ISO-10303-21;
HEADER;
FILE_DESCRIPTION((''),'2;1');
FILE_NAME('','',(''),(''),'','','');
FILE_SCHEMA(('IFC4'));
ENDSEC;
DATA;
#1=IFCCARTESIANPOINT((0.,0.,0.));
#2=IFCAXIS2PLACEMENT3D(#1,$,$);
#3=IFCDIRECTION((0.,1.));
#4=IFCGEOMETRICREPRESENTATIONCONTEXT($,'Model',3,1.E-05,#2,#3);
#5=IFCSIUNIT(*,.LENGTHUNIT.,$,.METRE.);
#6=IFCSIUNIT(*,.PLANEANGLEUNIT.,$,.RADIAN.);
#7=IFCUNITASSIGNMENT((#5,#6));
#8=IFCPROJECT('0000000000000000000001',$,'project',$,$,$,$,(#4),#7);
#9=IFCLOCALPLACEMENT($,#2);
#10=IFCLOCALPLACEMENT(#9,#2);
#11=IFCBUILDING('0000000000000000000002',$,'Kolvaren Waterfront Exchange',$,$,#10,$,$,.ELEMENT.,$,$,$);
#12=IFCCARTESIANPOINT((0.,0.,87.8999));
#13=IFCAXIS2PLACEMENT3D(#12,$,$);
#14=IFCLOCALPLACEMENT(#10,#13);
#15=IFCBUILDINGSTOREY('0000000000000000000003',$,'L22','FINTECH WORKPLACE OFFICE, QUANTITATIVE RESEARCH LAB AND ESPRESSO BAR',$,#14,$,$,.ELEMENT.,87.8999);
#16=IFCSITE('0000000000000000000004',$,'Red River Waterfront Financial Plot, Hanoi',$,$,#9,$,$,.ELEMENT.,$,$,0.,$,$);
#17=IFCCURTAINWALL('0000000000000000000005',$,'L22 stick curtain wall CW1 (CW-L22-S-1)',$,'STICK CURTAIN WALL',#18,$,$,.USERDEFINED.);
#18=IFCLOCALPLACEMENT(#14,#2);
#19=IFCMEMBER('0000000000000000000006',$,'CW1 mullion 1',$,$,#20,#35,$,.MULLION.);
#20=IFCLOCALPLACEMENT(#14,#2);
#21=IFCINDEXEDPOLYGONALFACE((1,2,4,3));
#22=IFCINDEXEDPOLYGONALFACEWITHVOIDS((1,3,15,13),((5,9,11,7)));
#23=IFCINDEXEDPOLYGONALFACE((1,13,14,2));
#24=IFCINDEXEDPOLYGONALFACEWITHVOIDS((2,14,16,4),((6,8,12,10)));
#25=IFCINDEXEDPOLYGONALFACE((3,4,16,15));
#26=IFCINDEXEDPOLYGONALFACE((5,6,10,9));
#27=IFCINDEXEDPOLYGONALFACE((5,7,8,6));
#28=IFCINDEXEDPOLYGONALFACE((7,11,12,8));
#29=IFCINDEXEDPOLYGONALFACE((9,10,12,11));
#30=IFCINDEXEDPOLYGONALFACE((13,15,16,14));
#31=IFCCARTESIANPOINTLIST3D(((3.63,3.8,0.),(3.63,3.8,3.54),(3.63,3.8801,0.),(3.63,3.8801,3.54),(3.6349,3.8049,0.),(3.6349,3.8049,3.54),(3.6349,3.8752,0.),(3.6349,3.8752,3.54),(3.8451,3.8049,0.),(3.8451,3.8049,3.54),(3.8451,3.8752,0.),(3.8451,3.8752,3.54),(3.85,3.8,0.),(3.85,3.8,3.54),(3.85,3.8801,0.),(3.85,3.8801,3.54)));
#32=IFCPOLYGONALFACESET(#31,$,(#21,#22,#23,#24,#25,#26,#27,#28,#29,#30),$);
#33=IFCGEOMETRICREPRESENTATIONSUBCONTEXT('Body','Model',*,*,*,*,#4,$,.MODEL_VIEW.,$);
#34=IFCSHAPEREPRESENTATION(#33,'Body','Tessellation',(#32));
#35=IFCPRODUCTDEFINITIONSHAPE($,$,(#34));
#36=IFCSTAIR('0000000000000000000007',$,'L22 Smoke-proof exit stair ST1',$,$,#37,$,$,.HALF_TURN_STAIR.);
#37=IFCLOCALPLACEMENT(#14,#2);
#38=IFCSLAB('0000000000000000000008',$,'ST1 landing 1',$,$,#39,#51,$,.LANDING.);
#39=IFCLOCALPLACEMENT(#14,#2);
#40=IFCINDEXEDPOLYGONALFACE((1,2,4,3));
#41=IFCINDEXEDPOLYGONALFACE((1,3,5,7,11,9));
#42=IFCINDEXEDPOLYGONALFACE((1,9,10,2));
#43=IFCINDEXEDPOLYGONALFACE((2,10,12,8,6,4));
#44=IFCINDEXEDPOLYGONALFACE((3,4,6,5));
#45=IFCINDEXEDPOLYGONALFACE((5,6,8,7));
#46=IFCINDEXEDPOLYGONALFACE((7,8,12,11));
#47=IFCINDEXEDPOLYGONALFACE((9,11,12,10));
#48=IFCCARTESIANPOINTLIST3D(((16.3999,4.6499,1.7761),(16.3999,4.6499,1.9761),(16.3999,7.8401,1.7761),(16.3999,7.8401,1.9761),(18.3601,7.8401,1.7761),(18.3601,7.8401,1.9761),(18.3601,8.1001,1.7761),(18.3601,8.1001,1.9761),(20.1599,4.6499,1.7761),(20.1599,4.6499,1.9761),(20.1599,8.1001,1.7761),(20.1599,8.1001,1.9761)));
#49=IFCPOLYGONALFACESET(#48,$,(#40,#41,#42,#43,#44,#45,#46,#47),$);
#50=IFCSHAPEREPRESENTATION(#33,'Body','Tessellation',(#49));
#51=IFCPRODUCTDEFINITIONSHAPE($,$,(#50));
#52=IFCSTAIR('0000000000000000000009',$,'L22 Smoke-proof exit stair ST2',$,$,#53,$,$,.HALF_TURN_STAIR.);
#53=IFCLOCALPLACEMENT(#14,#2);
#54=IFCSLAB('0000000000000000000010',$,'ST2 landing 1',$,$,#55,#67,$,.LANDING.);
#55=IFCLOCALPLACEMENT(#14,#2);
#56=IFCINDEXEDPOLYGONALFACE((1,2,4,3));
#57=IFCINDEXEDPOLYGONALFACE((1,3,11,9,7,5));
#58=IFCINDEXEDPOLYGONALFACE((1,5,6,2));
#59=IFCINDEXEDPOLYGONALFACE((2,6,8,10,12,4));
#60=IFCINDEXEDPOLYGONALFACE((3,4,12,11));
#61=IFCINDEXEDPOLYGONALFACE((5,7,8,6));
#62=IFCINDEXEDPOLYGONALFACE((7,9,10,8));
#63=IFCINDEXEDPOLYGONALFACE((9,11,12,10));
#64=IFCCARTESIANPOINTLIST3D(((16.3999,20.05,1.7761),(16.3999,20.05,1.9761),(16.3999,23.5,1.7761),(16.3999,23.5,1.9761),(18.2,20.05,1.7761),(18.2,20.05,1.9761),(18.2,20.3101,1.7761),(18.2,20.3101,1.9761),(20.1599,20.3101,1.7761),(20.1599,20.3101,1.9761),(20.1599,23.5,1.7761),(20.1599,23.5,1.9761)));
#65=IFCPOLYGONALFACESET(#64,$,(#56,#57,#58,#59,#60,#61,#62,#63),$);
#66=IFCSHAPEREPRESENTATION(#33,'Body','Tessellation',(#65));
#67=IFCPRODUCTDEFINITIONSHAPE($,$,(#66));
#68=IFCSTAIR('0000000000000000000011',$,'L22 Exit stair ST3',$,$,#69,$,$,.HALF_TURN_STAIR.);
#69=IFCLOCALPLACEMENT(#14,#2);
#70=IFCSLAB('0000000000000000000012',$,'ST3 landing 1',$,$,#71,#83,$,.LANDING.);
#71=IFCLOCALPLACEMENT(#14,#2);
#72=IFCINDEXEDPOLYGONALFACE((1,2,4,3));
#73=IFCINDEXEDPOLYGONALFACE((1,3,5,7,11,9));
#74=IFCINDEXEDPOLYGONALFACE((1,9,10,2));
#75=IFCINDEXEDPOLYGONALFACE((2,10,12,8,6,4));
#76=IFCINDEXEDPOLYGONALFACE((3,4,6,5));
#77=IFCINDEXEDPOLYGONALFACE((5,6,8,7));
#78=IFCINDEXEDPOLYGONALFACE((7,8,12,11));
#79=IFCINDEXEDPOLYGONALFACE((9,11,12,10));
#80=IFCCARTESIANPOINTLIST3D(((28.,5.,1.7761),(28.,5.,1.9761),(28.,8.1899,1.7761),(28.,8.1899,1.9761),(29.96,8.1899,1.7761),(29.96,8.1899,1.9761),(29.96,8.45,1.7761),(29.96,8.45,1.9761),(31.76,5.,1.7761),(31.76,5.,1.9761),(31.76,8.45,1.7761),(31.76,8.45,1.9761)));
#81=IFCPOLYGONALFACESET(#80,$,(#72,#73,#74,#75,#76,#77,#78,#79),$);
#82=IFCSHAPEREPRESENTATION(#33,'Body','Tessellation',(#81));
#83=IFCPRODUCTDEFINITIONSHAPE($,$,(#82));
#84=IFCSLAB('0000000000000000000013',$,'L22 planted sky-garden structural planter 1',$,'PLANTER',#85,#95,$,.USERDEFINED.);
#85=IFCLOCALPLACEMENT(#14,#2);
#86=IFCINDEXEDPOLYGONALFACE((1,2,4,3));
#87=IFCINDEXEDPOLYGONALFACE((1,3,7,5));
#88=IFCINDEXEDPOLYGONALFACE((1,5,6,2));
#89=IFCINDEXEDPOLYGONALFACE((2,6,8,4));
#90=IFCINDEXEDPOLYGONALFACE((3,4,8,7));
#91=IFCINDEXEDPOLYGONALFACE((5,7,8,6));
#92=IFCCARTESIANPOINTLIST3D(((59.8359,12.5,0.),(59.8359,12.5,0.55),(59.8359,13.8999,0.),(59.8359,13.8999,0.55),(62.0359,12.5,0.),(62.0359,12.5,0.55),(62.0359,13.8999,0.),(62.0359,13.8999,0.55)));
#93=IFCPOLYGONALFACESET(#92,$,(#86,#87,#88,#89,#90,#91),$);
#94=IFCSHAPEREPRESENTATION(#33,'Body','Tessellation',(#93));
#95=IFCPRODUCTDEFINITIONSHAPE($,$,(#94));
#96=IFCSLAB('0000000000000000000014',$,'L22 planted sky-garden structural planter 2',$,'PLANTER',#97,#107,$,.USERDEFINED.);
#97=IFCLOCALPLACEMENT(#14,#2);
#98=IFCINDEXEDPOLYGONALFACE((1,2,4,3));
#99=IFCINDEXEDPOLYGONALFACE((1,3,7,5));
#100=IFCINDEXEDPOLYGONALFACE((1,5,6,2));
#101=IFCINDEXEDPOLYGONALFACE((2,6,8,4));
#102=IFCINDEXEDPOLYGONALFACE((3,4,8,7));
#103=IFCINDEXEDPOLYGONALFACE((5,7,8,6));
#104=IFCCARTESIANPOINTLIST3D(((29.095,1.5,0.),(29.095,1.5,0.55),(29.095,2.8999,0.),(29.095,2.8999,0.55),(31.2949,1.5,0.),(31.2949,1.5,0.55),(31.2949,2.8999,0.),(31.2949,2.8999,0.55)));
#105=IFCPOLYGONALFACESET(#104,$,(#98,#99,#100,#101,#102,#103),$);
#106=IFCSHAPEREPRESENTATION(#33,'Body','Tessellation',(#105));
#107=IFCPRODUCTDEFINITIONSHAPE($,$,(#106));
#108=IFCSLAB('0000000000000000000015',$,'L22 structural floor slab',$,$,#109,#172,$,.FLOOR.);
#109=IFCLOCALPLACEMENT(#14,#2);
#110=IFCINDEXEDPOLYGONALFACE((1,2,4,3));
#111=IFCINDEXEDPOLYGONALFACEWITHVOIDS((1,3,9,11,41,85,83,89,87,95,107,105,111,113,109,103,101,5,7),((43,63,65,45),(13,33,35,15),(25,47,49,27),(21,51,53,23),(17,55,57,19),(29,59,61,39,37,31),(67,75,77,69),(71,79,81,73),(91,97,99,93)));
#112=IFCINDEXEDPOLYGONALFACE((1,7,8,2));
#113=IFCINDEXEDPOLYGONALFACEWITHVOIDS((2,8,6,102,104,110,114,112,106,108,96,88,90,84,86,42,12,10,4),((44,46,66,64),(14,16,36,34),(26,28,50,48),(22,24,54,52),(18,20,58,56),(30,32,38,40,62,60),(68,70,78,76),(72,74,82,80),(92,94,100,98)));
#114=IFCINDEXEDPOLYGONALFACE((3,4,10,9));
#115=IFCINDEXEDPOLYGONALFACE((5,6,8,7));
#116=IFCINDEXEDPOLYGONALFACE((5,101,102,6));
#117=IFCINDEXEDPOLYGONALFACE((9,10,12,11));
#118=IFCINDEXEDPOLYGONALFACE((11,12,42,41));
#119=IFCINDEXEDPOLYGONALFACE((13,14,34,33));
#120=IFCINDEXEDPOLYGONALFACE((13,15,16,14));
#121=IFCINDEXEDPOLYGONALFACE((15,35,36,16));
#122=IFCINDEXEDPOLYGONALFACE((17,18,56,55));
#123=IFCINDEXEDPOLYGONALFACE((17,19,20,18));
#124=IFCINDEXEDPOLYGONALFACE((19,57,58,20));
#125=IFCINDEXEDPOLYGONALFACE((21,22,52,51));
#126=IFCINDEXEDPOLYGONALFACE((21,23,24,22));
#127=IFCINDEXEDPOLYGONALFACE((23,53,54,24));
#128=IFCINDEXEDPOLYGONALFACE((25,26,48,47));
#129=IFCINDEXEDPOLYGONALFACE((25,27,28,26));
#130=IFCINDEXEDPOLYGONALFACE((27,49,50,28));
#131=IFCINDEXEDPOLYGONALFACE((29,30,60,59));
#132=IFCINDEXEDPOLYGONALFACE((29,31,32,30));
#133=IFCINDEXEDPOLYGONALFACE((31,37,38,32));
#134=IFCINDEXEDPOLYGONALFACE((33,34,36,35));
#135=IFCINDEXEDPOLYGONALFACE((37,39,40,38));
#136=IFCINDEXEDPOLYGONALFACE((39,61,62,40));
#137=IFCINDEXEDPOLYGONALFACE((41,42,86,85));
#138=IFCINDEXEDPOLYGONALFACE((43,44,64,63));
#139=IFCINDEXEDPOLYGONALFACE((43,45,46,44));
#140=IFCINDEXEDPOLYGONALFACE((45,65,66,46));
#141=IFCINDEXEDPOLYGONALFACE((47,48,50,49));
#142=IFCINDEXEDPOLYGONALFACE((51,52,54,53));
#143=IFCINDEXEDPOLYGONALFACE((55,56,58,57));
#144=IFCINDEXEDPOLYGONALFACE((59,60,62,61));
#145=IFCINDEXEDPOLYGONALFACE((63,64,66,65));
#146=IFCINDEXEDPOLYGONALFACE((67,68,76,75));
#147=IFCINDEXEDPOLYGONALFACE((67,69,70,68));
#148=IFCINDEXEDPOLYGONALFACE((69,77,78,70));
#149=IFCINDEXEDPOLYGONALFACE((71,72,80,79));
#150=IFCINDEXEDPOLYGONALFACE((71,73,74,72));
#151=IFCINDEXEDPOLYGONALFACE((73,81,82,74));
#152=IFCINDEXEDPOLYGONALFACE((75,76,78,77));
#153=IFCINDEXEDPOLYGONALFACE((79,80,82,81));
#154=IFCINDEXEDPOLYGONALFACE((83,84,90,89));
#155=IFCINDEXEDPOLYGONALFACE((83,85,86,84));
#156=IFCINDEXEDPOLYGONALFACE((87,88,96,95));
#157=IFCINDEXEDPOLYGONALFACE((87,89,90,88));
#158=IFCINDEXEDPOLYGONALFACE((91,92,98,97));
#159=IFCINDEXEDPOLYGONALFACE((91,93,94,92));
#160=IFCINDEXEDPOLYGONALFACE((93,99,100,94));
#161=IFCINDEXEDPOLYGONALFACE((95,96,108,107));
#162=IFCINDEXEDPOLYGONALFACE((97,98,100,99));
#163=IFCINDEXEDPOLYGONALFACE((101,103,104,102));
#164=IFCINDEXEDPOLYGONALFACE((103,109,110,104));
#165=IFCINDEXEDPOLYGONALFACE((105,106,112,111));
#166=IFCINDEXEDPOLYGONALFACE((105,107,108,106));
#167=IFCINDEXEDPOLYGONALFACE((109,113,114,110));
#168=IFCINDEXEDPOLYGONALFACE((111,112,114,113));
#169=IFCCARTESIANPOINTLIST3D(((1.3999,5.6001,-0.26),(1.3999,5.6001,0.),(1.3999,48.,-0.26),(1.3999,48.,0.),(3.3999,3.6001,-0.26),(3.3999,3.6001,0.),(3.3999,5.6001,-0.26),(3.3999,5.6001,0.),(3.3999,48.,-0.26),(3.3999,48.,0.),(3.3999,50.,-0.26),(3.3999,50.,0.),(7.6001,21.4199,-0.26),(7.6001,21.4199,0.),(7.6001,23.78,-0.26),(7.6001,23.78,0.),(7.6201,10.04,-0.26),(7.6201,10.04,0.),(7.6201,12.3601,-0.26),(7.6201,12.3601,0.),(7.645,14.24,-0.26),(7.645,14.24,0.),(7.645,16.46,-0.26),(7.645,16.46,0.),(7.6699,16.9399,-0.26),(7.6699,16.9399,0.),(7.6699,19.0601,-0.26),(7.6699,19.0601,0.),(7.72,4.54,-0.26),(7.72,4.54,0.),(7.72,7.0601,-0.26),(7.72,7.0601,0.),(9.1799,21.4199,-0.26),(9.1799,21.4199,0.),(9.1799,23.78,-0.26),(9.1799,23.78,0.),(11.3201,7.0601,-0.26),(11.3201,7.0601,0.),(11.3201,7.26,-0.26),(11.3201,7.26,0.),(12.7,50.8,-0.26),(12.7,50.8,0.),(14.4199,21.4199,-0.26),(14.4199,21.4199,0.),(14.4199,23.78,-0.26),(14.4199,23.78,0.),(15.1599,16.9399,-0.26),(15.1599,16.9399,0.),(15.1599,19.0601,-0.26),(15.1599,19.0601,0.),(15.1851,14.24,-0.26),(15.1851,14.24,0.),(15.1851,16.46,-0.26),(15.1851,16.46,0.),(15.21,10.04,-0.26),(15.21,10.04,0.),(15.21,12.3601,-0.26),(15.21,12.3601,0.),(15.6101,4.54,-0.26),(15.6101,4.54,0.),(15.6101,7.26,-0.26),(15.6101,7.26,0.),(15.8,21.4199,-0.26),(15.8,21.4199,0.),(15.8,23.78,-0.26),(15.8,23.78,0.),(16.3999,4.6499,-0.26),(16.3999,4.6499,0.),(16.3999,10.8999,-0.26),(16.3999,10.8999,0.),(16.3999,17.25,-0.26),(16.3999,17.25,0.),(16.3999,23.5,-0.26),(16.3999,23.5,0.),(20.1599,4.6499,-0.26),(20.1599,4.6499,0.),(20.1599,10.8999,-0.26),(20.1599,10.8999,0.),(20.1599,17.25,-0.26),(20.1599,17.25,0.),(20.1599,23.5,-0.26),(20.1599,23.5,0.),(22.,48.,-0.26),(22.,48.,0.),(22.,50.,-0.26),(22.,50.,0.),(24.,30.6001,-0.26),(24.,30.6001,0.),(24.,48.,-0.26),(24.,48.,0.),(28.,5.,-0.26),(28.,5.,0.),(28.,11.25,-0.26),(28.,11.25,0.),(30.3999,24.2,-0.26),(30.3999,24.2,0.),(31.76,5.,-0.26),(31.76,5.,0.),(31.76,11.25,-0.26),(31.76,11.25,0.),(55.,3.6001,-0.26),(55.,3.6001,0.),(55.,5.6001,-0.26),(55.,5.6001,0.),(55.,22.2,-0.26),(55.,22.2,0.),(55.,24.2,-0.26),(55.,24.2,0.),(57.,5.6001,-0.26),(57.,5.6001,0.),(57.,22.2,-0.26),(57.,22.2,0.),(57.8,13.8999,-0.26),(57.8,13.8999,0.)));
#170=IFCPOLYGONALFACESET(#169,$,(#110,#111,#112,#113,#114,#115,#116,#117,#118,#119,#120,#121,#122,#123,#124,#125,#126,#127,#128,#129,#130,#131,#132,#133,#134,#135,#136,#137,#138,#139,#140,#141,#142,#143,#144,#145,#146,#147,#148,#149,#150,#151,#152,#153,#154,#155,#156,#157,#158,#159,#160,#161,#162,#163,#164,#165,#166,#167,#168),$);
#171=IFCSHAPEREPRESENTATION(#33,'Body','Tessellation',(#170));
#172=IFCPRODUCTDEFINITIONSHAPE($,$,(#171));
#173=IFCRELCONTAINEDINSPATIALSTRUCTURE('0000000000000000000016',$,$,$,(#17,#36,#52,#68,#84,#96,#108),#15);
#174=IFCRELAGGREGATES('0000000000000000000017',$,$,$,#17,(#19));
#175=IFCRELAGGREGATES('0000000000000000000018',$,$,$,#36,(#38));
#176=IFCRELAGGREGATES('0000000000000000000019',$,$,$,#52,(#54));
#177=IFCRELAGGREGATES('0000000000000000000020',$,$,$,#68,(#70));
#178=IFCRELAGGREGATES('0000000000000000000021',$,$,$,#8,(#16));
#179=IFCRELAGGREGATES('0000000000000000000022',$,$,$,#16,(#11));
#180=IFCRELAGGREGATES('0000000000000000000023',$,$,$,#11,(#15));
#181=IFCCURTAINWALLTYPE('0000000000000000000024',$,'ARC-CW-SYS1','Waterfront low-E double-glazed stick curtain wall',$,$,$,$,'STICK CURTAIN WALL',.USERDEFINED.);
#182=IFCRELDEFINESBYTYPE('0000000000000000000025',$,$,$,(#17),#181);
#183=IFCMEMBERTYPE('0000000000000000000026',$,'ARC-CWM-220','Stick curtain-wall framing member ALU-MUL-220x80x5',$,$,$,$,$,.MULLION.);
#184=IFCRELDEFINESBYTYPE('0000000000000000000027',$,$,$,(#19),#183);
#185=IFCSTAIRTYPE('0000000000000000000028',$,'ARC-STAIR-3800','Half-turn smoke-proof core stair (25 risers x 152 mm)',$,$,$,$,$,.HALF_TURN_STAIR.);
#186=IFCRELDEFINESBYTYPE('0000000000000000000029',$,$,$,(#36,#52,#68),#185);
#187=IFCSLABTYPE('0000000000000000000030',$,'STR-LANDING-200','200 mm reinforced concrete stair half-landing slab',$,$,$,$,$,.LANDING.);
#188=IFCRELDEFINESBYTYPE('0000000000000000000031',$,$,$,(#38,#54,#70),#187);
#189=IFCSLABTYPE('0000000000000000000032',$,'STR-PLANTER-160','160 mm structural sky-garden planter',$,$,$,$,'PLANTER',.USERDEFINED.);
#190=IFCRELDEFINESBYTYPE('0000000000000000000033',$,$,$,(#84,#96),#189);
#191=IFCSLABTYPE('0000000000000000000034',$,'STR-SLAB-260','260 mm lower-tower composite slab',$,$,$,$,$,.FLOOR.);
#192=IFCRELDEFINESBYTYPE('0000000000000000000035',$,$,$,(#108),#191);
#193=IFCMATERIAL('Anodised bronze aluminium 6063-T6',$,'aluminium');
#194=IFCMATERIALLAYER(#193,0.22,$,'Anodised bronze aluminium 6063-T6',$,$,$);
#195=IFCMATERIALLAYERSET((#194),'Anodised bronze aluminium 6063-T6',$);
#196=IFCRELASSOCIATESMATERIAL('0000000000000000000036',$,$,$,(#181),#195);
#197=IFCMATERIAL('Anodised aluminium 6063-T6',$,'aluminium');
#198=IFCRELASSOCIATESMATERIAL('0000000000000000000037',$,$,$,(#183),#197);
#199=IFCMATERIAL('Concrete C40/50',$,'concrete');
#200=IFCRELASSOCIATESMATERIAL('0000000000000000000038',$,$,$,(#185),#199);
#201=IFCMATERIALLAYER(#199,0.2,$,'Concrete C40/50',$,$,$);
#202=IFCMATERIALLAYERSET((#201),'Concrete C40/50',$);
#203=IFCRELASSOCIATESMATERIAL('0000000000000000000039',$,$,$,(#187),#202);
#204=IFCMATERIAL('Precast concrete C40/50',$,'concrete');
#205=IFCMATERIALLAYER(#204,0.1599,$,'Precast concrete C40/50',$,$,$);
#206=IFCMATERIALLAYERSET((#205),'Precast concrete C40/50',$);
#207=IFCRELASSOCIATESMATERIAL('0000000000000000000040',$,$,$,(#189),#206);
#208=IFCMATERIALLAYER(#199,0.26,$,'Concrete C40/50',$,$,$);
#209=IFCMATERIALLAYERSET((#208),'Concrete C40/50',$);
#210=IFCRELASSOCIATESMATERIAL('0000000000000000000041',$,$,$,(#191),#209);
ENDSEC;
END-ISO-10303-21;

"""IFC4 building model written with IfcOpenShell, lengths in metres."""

from ifc_helpers import new_model, si_unit, direction, frame, origin, origin_with_axes, origin_2d, place, context, subcontext, project, spatial, polyline, hollow_rectangle, outline, extrude, source, transform, mapped, material, layer, layer_set, material_profile, profile_set, type_object, element, aggregate, save


model = new_model("IFC4")

# Units and contexts
model_context = context("Model", 3, precision=1e-05, world=origin(), true_north=direction((0.0, 1.0)))
body_context = subcontext(model_context, "Body", "Model", "MODEL_VIEW")
ifc_project = project(units=[si_unit("LENGTHUNIT", "METRE"), si_unit("PLANEANGLEUNIT", "RADIAN")], contexts=[model_context])

# Site, building, storey
site_placement = place(None, origin())
site = spatial("IfcSite", under=ifc_project, at=site_placement, Name="Red River Waterfront Financial Plot, Hanoi", CompositionType="ELEMENT", RefElevation=0.0)
building_placement = place(site_placement, origin())
building = spatial("IfcBuilding", under=site, at=building_placement, Name="Kolvaren Waterfront Exchange", CompositionType="ELEMENT")
storey_placement = place(building_placement, frame((0.0, 0.0, 87.8999)))
storey = spatial("IfcBuildingStorey", under=building, at=storey_placement, Name="L22", Description="FINTECH WORKPLACE OFFICE, QUANTITATIVE RESEARCH LAB AND ESPRESSO BAR", CompositionType="ELEMENT", Elevation=87.8999)

# Curtain wall, member
ifc_material_1 = material(Name="Anodised bronze aluminium 6063-T6", Category="aluminium")
ifc_layer_1 = layer(ifc_material_1, 0.22, Name="Anodised bronze aluminium 6063-T6")
ifc_layer_set_1 = layer_set([ifc_layer_1], Name="Anodised bronze aluminium 6063-T6")
curtain_wall_type = type_object("IfcCurtainWallType", Name="ARC-CW-SYS1", Description="Waterfront low-E double-glazed stick curtain wall", ElementType="STICK CURTAIN WALL", PredefinedType="USERDEFINED", material=ifc_layer_set_1)
curtain_wall_placement = place(storey_placement, origin())
curtain_wall = element("IfcCurtainWall", 1, at=curtain_wall_placement, inside=storey, type_object=curtain_wall_type, Name="L22 stick curtain wall CW1 (CW-L22-S-1)", ObjectType="STICK CURTAIN WALL", PredefinedType="USERDEFINED")
ifc_material_2 = material(Name="Anodised aluminium 6063-T6", Category="aluminium")
ifc_material_profile = material_profile(ifc_material_2, hollow_rectangle(XDim=0.0801, YDim=0.22, WallThickness=0.0049, at=origin_2d()), Name="ALU-MUL-220x80x5")
ifc_profile_set = profile_set([ifc_material_profile], Name="Anodised aluminium 6063-T6")
member_type = type_object("IfcMemberType", Name="ARC-CWM-220", Description="Stick curtain-wall framing member ALU-MUL-220x80x5", PredefinedType="MULLION", material=ifc_profile_set)
shared_shape = source(origin_with_axes(), body_context, "Body", "SweptSolid", [
    extrude(hollow_rectangle(XDim=0.0801, YDim=0.22, WallThickness=0.0049, at=origin_2d()), origin(), (0.0, 0.0, 1.0), 3.54),
])
member_placement = place(storey_placement, frame((3.74, 3.8401, 0.0), z_axis=(0.0, 0.0, 1.0), x_axis=(0.0, 1.0, 0.0)))
member = element("IfcMember", 2, at=member_placement, type_object=member_type, Name="CW1 mullion 1", PredefinedType="MULLION", context=body_context, shape_type="MappedRepresentation", body=[
    mapped(shared_shape, transform((0.0, 0.0, 0.0), x_axis=(1.0, 0.0, 0.0), y_axis=(0.0, 1.0, 0.0), z_axis=(0.0, 0.0, 1.0), scale=1.0)),
])
aggregate(curtain_wall, [member])

# Stairs, slabs
ifc_material_3 = material(Name="Concrete C40/50", Category="concrete")
stair_type = type_object("IfcStairType", Name="ARC-STAIR-3800", Description="Half-turn smoke-proof core stair (25 risers x 152 mm)", PredefinedType="HALF_TURN_STAIR", material=ifc_material_3)
stair_1_placement = place(storey_placement, origin())
stair_1 = element("IfcStair", 3, at=stair_1_placement, inside=storey, type_object=stair_type, Name="L22 Smoke-proof exit stair ST1", PredefinedType="HALF_TURN_STAIR")
ifc_layer_2 = layer(ifc_material_3, 0.2, Name="Concrete C40/50")
ifc_layer_set_2 = layer_set([ifc_layer_2], Name="Concrete C40/50")
slab_type_1 = type_object("IfcSlabType", Name="STR-LANDING-200", Description="200 mm reinforced concrete stair half-landing slab", PredefinedType="LANDING", material=ifc_layer_set_2)
slab_1_placement = place(storey_placement, frame((0.0, 0.0, 1.7761)))
slab_1 = element("IfcSlab", 4, at=slab_1_placement, type_object=slab_type_1, Name="ST1 landing 1", PredefinedType="LANDING", context=body_context, shape_type="SweptSolid", body=[
    extrude(outline(polyline([(16.3999, 7.8401), (16.3999, 4.6499), (20.1599, 4.6499), (20.1599, 8.1001), (18.3601, 8.1001), (18.3601, 7.8401), (16.3999, 7.8401)])), origin(), (0.0, 0.0, 1.0), 0.2),
])
aggregate(stair_1, [slab_1])
stair_2_placement = place(storey_placement, origin())
stair_2 = element("IfcStair", 5, at=stair_2_placement, inside=storey, type_object=stair_type, Name="L22 Smoke-proof exit stair ST2", PredefinedType="HALF_TURN_STAIR")
slab_2_placement = place(storey_placement, frame((0.0, 0.0, 1.7761)))
slab_2 = element("IfcSlab", 6, at=slab_2_placement, type_object=slab_type_1, Name="ST2 landing 1", PredefinedType="LANDING", context=body_context, shape_type="SweptSolid", body=[
    extrude(outline(polyline([(20.1599, 20.3101), (20.1599, 23.5), (16.3999, 23.5), (16.3999, 20.05), (18.2, 20.05), (18.2, 20.3101), (20.1599, 20.3101)])), origin(), (0.0, 0.0, 1.0), 0.2),
])
aggregate(stair_2, [slab_2])
stair_3_placement = place(storey_placement, origin())
stair_3 = element("IfcStair", 7, at=stair_3_placement, inside=storey, type_object=stair_type, Name="L22 Exit stair ST3", PredefinedType="HALF_TURN_STAIR")
slab_3_placement = place(storey_placement, frame((0.0, 0.0, 1.7761)))
slab_3 = element("IfcSlab", 8, at=slab_3_placement, type_object=slab_type_1, Name="ST3 landing 1", PredefinedType="LANDING", context=body_context, shape_type="SweptSolid", body=[
    extrude(outline(polyline([(28.0, 8.1899), (28.0, 5.0), (31.76, 5.0), (31.76, 8.45), (29.96, 8.45), (29.96, 8.1899), (28.0, 8.1899)])), origin(), (0.0, 0.0, 1.0), 0.2),
])
aggregate(stair_3, [slab_3])

# Slabs
ifc_material_4 = material(Name="Precast concrete C40/50", Category="concrete")
ifc_layer_3 = layer(ifc_material_4, 0.1599, Name="Precast concrete C40/50")
ifc_layer_set_3 = layer_set([ifc_layer_3], Name="Precast concrete C40/50")
slab_type_2 = type_object("IfcSlabType", Name="STR-PLANTER-160", Description="160 mm structural sky-garden planter", ElementType="PLANTER", PredefinedType="USERDEFINED", material=ifc_layer_set_3)
slab_4_placement = place(storey_placement, origin())
element("IfcSlab", 9, at=slab_4_placement, inside=storey, type_object=slab_type_2, Name="L22 planted sky-garden structural planter 1", ObjectType="PLANTER", PredefinedType="USERDEFINED", context=body_context, shape_type="SweptSolid", body=[
    extrude(outline(polyline([(59.8359, 12.5), (62.0359, 12.5), (62.0359, 13.8999), (59.8359, 13.8999), (59.8359, 12.5)])), origin(), (0.0, 0.0, 1.0), 0.55),
])
slab_5_placement = place(storey_placement, origin())
element("IfcSlab", 10, at=slab_5_placement, inside=storey, type_object=slab_type_2, Name="L22 planted sky-garden structural planter 2", ObjectType="PLANTER", PredefinedType="USERDEFINED", context=body_context, shape_type="SweptSolid", body=[
    extrude(outline(polyline([(29.095, 1.5), (31.2949, 1.5), (31.2949, 2.8999), (29.095, 2.8999), (29.095, 1.5)])), origin(), (0.0, 0.0, 1.0), 0.55),
])
ifc_layer_4 = layer(ifc_material_3, 0.26, Name="Concrete C40/50")
ifc_layer_set_4 = layer_set([ifc_layer_4], Name="Concrete C40/50")
slab_type_3 = type_object("IfcSlabType", Name="STR-SLAB-260", Description="260 mm lower-tower composite slab", PredefinedType="FLOOR", material=ifc_layer_set_4)
slab_6_placement = place(storey_placement, frame((0.0, 0.0, -0.26)))
element("IfcSlab", 11, at=slab_6_placement, inside=storey, type_object=slab_type_3, Name="L22 structural floor slab", PredefinedType="FLOOR", context=body_context, shape_type="SweptSolid", body=[
    extrude(outline(polyline([(3.3999, 3.6001), (55.0, 3.6001), (55.0, 5.6001), (57.0, 5.6001), (57.8, 13.8999), (57.0, 22.2), (55.0, 22.2), (55.0, 24.2), (30.3999, 24.2), (24.0, 30.6001), (24.0, 48.0), (22.0, 48.0), (22.0, 50.0), (12.7, 50.8), (3.3999, 50.0), (3.3999, 48.0), (1.3999, 48.0), (1.3999, 5.6001), (3.3999, 5.6001), (3.3999, 3.6001)]), holes=[polyline([(11.3201, 7.26), (15.6101, 7.26), (15.6101, 4.54), (7.72, 4.54), (7.72, 7.0601), (11.3201, 7.0601), (11.3201, 7.26)]), polyline([(20.1599, 4.6499), (16.3999, 4.6499), (16.3999, 10.8999), (20.1599, 10.8999), (20.1599, 4.6499)]), polyline([(31.76, 5.0), (28.0, 5.0), (28.0, 11.25), (31.76, 11.25), (31.76, 5.0)]), polyline([(15.21, 10.04), (7.6201, 10.04), (7.6201, 12.3601), (15.21, 12.3601), (15.21, 10.04)]), polyline([(7.645, 16.46), (15.1851, 16.46), (15.1851, 14.24), (7.645, 14.24), (7.645, 16.46)]), polyline([(15.1599, 16.9399), (7.6699, 16.9399), (7.6699, 19.0601), (15.1599, 19.0601), (15.1599, 16.9399)]), polyline([(16.3999, 23.5), (20.1599, 23.5), (20.1599, 17.25), (16.3999, 17.25), (16.3999, 23.5)]), polyline([(7.6001, 23.78), (9.1799, 23.78), (9.1799, 21.4199), (7.6001, 21.4199), (7.6001, 23.78)]), polyline([(15.8, 23.78), (15.8, 21.4199), (14.4199, 21.4199), (14.4199, 23.78), (15.8, 23.78)])]), origin(), (0.0, 0.0, 1.0), 0.26),
])

save(model, "model.ifc")
